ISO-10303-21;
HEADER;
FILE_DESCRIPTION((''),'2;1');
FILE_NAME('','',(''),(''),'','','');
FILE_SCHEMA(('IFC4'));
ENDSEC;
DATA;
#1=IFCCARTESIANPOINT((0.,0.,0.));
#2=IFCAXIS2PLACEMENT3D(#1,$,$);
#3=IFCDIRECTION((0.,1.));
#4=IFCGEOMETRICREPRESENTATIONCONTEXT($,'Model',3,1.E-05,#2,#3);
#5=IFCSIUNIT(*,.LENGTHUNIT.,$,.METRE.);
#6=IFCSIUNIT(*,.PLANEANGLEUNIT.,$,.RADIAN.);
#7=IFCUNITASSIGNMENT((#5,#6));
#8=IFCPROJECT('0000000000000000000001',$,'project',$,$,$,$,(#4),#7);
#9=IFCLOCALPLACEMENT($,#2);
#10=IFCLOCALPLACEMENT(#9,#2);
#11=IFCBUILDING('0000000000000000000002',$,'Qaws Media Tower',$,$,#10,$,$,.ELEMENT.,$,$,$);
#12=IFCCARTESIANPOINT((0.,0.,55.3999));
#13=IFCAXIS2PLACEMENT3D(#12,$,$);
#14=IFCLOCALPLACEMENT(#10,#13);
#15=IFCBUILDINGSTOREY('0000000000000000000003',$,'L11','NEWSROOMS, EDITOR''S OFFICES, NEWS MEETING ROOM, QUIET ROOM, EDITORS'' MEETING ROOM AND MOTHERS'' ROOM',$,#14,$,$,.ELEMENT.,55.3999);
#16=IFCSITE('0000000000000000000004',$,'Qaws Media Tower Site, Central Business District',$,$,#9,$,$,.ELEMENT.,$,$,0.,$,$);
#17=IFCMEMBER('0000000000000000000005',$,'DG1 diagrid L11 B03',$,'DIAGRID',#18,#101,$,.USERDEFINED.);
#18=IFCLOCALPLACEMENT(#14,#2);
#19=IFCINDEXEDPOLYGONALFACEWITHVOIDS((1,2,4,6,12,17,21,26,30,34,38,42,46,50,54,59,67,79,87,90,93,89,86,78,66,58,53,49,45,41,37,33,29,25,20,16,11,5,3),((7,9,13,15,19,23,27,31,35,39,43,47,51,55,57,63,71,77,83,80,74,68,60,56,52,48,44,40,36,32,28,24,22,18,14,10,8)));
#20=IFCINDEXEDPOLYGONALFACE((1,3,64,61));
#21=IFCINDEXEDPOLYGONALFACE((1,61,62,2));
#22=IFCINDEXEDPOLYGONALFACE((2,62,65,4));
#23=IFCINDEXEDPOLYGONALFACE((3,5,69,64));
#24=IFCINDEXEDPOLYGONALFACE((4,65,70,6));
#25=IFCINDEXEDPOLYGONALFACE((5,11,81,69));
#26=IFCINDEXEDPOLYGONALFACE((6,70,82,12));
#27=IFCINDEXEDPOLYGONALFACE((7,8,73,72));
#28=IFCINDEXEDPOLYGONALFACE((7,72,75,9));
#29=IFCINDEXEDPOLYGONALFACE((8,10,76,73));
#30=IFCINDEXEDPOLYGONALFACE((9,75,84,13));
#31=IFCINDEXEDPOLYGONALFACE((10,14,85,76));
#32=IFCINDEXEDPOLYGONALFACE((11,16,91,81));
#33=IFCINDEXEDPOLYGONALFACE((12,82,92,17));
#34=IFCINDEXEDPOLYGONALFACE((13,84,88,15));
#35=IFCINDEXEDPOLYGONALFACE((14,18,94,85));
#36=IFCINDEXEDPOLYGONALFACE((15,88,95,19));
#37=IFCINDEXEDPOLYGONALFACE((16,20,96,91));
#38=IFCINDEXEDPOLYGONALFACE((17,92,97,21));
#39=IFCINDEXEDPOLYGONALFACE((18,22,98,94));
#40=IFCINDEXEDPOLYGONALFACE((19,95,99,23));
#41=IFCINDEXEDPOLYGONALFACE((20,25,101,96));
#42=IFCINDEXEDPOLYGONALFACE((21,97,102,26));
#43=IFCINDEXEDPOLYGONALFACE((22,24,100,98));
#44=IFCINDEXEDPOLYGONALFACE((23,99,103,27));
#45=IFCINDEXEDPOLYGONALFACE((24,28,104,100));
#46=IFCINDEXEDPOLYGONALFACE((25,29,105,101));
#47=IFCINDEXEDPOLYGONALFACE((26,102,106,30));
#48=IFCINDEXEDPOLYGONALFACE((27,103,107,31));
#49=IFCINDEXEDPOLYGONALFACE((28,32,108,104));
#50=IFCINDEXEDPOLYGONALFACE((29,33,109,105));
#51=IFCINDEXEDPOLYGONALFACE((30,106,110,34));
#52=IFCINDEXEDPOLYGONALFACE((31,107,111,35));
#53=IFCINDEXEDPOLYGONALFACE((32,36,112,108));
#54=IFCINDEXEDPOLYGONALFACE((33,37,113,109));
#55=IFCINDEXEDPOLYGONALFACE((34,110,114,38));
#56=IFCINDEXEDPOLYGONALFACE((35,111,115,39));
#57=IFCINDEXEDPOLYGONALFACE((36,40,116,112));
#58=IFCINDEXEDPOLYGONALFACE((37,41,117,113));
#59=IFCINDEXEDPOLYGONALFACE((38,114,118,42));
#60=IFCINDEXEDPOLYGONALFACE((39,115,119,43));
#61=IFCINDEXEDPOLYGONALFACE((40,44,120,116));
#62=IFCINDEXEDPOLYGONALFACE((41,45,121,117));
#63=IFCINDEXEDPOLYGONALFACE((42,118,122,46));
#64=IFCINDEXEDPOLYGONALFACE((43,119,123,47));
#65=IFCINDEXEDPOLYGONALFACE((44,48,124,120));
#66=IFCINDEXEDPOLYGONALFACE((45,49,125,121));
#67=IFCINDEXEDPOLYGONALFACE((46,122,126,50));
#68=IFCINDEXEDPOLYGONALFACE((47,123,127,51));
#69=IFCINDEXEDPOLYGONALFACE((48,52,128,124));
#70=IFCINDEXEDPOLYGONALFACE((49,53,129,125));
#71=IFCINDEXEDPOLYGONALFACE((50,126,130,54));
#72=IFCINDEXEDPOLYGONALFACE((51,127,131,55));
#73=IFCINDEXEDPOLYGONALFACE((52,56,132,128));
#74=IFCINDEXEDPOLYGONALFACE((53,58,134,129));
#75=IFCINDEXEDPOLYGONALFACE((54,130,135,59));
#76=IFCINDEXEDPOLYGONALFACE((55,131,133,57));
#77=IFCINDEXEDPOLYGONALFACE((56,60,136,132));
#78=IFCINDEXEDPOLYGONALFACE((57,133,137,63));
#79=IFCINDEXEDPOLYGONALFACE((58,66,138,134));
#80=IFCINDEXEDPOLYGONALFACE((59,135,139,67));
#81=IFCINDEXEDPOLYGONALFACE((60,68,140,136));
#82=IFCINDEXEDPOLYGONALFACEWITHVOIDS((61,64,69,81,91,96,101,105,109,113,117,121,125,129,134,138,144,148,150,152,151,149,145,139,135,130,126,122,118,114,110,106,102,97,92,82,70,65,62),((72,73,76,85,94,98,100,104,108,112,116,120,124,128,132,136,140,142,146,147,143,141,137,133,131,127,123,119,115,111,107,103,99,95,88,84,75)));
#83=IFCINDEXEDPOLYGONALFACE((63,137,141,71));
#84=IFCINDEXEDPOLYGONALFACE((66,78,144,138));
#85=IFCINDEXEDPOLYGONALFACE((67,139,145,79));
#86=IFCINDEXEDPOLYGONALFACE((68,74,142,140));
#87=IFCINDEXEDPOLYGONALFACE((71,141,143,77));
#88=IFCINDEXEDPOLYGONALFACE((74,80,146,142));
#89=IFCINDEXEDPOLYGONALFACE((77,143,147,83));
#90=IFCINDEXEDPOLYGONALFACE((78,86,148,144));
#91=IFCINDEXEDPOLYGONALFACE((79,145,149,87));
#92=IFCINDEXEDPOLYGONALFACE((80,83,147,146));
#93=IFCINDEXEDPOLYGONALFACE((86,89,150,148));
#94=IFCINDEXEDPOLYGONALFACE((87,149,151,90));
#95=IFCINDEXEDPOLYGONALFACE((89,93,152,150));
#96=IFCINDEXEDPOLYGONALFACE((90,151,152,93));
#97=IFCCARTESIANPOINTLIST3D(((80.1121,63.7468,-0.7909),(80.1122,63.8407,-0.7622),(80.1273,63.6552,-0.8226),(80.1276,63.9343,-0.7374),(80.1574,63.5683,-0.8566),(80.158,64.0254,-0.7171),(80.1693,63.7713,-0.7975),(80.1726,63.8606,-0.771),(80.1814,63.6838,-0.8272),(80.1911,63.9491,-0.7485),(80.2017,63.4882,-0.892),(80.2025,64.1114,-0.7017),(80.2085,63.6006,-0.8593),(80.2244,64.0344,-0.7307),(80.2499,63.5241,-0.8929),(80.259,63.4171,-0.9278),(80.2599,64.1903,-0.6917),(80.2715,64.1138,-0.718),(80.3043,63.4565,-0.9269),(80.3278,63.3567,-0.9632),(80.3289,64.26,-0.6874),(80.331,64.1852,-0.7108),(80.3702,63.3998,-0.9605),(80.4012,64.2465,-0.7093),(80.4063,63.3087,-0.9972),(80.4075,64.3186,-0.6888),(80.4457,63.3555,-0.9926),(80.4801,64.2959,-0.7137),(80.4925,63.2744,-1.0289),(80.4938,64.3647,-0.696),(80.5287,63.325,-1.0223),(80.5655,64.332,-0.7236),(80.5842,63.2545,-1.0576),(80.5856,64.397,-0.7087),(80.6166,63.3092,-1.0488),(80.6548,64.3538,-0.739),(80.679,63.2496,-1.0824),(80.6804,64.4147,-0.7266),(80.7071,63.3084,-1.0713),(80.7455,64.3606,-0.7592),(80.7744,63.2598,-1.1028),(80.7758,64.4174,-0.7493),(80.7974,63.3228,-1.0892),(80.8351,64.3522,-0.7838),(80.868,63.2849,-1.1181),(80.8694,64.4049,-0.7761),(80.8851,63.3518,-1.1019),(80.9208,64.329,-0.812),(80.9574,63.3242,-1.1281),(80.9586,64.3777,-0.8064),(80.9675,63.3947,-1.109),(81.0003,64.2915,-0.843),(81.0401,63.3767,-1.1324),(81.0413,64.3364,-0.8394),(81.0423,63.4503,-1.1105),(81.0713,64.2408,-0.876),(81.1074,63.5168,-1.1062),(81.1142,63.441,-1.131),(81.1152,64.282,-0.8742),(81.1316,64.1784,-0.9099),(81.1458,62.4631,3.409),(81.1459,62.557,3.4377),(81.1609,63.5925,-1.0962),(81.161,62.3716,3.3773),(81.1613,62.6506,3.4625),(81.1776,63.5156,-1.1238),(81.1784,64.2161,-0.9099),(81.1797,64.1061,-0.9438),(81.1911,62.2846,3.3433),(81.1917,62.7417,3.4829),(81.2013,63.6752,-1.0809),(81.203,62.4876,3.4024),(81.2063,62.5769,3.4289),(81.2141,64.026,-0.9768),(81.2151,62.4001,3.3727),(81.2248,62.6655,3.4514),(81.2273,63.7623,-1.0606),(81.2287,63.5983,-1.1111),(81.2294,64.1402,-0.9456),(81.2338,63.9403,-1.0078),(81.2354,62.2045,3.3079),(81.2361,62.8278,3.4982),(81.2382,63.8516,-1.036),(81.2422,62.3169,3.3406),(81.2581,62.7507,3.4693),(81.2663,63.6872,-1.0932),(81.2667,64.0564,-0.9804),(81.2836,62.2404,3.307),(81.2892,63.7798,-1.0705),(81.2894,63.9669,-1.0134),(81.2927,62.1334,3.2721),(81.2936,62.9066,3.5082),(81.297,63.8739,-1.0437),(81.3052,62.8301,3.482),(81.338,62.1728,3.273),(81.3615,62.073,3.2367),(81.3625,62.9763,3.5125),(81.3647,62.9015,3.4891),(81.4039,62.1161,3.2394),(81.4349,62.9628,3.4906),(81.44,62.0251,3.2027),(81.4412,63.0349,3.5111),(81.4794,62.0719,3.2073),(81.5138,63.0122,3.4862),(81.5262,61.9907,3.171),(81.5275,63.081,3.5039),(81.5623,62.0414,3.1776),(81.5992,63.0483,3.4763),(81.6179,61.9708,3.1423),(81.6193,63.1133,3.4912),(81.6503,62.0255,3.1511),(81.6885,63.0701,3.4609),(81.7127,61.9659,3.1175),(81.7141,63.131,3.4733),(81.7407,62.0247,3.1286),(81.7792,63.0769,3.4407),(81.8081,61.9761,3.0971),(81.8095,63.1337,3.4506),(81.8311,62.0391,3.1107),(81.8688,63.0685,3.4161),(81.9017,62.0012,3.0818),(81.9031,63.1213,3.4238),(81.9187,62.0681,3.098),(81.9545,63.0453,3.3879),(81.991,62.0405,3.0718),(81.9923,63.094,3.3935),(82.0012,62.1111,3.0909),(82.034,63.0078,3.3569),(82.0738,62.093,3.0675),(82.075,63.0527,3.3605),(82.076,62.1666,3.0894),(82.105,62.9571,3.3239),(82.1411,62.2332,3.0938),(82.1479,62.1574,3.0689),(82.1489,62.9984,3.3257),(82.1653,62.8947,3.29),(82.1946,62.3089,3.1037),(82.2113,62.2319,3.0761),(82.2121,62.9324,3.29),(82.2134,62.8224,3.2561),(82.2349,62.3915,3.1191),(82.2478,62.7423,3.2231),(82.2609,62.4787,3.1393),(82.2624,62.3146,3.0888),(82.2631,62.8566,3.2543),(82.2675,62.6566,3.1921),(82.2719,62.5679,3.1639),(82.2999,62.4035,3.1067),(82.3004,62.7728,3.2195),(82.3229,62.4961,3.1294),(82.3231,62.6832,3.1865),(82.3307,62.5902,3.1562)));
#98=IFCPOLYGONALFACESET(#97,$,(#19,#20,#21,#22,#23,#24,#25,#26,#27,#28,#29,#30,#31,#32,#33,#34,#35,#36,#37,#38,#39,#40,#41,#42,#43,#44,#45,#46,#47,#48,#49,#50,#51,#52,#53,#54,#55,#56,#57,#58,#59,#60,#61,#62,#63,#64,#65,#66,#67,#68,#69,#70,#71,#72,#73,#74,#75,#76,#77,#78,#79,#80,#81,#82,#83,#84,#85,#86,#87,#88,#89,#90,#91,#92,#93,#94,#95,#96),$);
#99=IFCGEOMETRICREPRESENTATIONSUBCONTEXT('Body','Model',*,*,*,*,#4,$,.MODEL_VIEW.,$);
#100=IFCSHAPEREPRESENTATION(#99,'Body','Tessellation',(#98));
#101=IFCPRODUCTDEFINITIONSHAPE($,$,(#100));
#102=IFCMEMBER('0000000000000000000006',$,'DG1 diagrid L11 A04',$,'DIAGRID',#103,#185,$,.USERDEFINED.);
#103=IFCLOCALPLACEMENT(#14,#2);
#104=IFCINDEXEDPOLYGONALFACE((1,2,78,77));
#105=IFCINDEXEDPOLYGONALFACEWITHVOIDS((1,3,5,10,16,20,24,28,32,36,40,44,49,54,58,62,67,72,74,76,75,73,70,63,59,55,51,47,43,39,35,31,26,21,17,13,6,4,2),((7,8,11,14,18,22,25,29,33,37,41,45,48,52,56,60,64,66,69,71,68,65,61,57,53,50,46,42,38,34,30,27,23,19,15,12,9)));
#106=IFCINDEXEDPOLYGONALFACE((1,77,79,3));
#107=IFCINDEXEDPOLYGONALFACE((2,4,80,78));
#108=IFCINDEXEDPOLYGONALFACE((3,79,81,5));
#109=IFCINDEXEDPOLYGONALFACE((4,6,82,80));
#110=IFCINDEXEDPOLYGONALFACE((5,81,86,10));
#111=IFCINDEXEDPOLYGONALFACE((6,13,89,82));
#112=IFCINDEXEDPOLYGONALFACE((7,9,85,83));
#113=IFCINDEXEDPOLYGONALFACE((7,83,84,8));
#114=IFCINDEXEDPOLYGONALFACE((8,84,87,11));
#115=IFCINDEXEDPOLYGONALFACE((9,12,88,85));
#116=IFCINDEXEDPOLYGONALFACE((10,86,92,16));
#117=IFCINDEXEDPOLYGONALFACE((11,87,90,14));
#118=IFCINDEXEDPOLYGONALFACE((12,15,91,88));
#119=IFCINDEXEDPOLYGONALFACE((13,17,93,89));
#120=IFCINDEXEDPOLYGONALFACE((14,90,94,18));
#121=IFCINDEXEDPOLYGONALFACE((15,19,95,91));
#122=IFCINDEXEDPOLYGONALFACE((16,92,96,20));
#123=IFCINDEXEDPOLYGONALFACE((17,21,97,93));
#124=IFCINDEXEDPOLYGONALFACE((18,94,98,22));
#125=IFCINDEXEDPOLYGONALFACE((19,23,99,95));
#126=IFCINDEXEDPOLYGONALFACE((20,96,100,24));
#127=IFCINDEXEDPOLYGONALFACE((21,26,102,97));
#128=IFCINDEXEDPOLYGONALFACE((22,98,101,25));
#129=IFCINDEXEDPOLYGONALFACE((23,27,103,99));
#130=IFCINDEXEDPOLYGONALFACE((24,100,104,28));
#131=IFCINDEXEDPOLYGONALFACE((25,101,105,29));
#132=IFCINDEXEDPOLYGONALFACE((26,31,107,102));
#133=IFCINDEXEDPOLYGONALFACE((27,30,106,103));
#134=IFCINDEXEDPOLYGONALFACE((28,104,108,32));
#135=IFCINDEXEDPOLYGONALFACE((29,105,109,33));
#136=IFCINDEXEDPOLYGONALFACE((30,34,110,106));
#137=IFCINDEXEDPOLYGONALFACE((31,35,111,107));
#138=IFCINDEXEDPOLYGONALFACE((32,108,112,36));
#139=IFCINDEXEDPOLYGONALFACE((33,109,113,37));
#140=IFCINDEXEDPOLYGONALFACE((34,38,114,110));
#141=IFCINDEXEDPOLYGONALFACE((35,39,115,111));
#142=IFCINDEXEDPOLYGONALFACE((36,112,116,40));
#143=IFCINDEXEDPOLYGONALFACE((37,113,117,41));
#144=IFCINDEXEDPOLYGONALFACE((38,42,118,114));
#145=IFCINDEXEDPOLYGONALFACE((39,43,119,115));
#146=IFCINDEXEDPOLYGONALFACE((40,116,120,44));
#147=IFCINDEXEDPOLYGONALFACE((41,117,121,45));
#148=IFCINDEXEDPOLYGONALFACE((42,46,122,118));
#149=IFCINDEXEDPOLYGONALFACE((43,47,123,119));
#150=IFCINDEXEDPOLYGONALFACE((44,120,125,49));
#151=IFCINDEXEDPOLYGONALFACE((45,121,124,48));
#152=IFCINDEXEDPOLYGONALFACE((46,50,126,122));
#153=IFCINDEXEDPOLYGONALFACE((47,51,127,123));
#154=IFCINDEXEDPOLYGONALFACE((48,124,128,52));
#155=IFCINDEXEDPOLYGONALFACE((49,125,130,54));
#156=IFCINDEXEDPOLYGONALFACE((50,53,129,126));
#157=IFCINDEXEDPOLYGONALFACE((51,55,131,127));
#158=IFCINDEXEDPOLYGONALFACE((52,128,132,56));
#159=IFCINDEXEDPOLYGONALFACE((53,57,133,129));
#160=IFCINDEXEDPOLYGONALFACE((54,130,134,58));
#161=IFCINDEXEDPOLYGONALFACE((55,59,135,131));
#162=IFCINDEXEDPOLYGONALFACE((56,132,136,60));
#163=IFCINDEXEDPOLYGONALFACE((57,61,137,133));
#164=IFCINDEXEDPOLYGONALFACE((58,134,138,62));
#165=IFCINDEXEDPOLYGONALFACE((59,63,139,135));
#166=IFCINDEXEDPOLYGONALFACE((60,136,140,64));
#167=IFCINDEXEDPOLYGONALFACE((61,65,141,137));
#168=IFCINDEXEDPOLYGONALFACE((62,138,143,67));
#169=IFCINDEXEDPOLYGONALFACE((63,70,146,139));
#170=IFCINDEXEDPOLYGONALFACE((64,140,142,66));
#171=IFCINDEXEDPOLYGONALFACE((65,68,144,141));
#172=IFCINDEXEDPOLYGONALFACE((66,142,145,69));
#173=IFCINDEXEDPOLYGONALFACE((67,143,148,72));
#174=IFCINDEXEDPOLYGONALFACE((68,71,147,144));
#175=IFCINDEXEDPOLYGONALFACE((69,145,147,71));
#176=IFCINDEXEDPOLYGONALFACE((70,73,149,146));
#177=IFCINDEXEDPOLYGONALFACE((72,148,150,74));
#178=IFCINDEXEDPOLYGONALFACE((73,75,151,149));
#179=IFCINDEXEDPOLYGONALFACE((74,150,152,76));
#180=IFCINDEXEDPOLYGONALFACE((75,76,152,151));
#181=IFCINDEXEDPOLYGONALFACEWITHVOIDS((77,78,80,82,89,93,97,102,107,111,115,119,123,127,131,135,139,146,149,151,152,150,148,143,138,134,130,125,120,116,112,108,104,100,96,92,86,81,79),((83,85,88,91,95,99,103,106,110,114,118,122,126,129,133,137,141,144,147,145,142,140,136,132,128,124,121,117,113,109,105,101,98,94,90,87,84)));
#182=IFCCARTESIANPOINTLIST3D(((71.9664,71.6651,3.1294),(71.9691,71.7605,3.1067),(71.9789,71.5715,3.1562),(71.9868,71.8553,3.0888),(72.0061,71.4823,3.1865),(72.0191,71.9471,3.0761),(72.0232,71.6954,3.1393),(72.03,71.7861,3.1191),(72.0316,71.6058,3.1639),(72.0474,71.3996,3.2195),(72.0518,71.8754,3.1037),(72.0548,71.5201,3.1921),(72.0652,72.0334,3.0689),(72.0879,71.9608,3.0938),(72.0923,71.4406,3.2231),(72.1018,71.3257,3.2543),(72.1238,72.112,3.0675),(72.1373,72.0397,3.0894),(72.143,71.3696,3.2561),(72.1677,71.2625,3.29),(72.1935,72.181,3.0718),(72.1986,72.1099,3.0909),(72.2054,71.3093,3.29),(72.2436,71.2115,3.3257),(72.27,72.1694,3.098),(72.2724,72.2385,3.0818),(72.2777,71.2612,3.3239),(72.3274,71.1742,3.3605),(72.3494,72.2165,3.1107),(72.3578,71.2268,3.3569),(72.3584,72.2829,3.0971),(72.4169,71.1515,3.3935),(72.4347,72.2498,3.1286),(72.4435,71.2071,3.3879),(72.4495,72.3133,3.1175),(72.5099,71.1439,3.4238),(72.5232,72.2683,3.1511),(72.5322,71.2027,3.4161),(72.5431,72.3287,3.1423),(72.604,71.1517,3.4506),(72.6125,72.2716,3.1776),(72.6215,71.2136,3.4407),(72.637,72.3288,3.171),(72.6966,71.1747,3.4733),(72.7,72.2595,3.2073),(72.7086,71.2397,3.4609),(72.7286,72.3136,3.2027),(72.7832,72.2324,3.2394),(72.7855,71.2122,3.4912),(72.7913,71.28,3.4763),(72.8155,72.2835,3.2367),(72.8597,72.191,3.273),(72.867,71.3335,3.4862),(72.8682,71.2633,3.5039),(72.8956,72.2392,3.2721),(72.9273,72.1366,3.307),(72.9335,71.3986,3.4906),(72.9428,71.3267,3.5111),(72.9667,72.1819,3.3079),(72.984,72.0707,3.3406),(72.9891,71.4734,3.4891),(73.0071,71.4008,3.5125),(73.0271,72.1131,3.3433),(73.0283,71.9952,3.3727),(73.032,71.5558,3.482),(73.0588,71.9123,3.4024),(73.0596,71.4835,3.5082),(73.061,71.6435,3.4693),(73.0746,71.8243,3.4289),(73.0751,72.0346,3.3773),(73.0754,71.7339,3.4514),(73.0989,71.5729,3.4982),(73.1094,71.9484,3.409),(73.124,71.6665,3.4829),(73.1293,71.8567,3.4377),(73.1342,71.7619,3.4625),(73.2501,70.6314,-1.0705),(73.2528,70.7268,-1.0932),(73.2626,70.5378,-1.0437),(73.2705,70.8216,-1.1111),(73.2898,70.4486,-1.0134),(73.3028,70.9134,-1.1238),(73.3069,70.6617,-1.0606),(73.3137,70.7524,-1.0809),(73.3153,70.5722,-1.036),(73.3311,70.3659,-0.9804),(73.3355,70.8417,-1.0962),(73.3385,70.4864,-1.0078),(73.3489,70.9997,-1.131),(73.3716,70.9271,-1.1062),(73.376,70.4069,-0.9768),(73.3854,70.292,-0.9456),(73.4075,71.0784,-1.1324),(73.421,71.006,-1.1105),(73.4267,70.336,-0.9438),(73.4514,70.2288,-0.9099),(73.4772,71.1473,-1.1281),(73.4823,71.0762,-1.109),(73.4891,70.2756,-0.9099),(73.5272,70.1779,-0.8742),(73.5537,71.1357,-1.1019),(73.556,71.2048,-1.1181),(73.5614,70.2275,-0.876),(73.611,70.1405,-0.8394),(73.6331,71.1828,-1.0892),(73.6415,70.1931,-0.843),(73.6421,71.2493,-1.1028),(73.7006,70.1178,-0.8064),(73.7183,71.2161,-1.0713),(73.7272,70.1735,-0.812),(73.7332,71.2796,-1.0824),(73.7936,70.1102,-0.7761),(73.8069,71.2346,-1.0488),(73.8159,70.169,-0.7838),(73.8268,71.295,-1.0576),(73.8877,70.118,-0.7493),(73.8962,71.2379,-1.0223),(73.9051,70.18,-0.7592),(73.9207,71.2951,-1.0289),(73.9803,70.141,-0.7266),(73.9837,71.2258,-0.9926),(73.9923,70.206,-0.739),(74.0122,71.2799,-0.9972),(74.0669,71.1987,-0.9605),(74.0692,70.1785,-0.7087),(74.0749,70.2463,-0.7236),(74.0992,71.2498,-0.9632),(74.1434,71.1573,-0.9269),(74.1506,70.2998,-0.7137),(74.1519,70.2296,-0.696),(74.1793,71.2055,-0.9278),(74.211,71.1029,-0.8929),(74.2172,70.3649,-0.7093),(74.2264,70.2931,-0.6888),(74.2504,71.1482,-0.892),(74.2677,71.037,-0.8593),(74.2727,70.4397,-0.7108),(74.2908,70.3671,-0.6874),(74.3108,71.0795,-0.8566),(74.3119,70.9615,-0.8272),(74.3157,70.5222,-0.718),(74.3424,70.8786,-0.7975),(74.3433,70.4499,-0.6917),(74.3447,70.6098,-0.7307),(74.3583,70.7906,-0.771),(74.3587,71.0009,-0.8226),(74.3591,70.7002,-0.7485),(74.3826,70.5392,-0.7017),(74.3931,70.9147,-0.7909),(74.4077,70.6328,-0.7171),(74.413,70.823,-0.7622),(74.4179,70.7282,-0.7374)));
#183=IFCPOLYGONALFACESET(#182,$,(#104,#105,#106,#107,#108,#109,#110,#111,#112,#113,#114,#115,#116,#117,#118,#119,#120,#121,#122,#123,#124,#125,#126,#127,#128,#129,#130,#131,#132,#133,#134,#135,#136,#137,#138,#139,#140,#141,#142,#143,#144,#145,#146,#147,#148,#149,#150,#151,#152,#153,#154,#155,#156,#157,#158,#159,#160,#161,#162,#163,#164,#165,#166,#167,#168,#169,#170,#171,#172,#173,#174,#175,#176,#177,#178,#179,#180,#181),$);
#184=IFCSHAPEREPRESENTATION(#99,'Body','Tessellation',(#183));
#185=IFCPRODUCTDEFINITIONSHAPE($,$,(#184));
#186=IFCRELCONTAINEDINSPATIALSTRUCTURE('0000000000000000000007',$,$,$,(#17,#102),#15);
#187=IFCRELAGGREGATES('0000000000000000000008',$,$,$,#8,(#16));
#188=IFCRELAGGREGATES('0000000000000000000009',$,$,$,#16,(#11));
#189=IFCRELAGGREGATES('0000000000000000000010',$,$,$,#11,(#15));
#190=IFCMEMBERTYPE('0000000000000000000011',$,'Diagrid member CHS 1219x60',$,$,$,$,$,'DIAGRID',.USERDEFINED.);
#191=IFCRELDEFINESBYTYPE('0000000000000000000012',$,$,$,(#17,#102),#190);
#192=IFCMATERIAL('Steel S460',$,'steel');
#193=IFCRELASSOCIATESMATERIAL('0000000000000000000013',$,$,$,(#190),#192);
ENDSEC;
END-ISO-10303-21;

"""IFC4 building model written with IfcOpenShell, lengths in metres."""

from ifc_helpers import new_model, si_unit, direction, frame, origin, origin_2d, place, context, subcontext, project, spatial, hollow_circle, extrude, material, material_profile, profile_set, type_object, element, save


model = new_model("IFC4")

# Units and contexts
model_context = context("Model", 3, precision=1e-05, world=origin(), true_north=direction((0.0, 1.0)))
body_context = subcontext(model_context, "Body", "Model", "MODEL_VIEW")
ifc_project = project(units=[si_unit("LENGTHUNIT", "METRE"), si_unit("PLANEANGLEUNIT", "RADIAN")], contexts=[model_context])

# Site, building, storey
site_placement = place(None, origin())
site = spatial("IfcSite", under=ifc_project, at=site_placement, Name="Qaws Media Tower Site, Central Business District", CompositionType="ELEMENT", RefElevation=0.0)
building_placement = place(site_placement, origin())
building = spatial("IfcBuilding", under=site, at=building_placement, Name="Qaws Media Tower", CompositionType="ELEMENT")
storey_placement = place(building_placement, frame((0.0, 0.0, 55.3999)))
storey = spatial("IfcBuildingStorey", under=building, at=storey_placement, Name="L11", Description="NEWSROOMS, EDITOR'S OFFICES, NEWS MEETING ROOM, QUIET ROOM, EDITORS' MEETING ROOM AND MOTHERS' ROOM", CompositionType="ELEMENT", Elevation=55.3999)

# Members
ifc_material_1 = material(Name="Steel S460", Category="steel")
ifc_material_profile_1 = material_profile(ifc_material_1, hollow_circle(Radius=0.6096, WallThickness=0.0601, at=origin_2d()), Name="CHS 1219x60")
ifc_profile_set_1 = profile_set([ifc_material_profile_1], Name="Steel S460")
member_type_1 = type_object("IfcMemberType", Name="Diagrid member CHS 1219x60", ElementType="DIAGRID", PredefinedType="USERDEFINED", material=ifc_profile_set_1)
for number, where, z_axis, x_axis, name in (
    (1, (80.7036, 63.8337, -0.9099), (0.22911, -0.284521, 0.93089), (0.77887, 0.627185, 0.0), "DG1 diagrid L11 B03"),
    (2, (73.8337, 70.7036, -0.9099), (-0.284521, 0.22911, 0.93089), (-0.627185, -0.77887, 0.0), "DG1 diagrid L11 A04"),
):
    element("IfcMember", number, at=place(storey_placement, frame(where, z_axis=z_axis, x_axis=x_axis)), inside=storey, type_object=member_type_1, Name=name, ObjectType="DIAGRID", PredefinedType="USERDEFINED", context=body_context, shape_type="SweptSolid", body=[
        extrude(hollow_circle(Radius=0.6096, WallThickness=0.0601, at=origin_2d()), origin(), (0.0, 0.0, 1.0), 4.5117),
    ])

save(model, "model.ifc")
